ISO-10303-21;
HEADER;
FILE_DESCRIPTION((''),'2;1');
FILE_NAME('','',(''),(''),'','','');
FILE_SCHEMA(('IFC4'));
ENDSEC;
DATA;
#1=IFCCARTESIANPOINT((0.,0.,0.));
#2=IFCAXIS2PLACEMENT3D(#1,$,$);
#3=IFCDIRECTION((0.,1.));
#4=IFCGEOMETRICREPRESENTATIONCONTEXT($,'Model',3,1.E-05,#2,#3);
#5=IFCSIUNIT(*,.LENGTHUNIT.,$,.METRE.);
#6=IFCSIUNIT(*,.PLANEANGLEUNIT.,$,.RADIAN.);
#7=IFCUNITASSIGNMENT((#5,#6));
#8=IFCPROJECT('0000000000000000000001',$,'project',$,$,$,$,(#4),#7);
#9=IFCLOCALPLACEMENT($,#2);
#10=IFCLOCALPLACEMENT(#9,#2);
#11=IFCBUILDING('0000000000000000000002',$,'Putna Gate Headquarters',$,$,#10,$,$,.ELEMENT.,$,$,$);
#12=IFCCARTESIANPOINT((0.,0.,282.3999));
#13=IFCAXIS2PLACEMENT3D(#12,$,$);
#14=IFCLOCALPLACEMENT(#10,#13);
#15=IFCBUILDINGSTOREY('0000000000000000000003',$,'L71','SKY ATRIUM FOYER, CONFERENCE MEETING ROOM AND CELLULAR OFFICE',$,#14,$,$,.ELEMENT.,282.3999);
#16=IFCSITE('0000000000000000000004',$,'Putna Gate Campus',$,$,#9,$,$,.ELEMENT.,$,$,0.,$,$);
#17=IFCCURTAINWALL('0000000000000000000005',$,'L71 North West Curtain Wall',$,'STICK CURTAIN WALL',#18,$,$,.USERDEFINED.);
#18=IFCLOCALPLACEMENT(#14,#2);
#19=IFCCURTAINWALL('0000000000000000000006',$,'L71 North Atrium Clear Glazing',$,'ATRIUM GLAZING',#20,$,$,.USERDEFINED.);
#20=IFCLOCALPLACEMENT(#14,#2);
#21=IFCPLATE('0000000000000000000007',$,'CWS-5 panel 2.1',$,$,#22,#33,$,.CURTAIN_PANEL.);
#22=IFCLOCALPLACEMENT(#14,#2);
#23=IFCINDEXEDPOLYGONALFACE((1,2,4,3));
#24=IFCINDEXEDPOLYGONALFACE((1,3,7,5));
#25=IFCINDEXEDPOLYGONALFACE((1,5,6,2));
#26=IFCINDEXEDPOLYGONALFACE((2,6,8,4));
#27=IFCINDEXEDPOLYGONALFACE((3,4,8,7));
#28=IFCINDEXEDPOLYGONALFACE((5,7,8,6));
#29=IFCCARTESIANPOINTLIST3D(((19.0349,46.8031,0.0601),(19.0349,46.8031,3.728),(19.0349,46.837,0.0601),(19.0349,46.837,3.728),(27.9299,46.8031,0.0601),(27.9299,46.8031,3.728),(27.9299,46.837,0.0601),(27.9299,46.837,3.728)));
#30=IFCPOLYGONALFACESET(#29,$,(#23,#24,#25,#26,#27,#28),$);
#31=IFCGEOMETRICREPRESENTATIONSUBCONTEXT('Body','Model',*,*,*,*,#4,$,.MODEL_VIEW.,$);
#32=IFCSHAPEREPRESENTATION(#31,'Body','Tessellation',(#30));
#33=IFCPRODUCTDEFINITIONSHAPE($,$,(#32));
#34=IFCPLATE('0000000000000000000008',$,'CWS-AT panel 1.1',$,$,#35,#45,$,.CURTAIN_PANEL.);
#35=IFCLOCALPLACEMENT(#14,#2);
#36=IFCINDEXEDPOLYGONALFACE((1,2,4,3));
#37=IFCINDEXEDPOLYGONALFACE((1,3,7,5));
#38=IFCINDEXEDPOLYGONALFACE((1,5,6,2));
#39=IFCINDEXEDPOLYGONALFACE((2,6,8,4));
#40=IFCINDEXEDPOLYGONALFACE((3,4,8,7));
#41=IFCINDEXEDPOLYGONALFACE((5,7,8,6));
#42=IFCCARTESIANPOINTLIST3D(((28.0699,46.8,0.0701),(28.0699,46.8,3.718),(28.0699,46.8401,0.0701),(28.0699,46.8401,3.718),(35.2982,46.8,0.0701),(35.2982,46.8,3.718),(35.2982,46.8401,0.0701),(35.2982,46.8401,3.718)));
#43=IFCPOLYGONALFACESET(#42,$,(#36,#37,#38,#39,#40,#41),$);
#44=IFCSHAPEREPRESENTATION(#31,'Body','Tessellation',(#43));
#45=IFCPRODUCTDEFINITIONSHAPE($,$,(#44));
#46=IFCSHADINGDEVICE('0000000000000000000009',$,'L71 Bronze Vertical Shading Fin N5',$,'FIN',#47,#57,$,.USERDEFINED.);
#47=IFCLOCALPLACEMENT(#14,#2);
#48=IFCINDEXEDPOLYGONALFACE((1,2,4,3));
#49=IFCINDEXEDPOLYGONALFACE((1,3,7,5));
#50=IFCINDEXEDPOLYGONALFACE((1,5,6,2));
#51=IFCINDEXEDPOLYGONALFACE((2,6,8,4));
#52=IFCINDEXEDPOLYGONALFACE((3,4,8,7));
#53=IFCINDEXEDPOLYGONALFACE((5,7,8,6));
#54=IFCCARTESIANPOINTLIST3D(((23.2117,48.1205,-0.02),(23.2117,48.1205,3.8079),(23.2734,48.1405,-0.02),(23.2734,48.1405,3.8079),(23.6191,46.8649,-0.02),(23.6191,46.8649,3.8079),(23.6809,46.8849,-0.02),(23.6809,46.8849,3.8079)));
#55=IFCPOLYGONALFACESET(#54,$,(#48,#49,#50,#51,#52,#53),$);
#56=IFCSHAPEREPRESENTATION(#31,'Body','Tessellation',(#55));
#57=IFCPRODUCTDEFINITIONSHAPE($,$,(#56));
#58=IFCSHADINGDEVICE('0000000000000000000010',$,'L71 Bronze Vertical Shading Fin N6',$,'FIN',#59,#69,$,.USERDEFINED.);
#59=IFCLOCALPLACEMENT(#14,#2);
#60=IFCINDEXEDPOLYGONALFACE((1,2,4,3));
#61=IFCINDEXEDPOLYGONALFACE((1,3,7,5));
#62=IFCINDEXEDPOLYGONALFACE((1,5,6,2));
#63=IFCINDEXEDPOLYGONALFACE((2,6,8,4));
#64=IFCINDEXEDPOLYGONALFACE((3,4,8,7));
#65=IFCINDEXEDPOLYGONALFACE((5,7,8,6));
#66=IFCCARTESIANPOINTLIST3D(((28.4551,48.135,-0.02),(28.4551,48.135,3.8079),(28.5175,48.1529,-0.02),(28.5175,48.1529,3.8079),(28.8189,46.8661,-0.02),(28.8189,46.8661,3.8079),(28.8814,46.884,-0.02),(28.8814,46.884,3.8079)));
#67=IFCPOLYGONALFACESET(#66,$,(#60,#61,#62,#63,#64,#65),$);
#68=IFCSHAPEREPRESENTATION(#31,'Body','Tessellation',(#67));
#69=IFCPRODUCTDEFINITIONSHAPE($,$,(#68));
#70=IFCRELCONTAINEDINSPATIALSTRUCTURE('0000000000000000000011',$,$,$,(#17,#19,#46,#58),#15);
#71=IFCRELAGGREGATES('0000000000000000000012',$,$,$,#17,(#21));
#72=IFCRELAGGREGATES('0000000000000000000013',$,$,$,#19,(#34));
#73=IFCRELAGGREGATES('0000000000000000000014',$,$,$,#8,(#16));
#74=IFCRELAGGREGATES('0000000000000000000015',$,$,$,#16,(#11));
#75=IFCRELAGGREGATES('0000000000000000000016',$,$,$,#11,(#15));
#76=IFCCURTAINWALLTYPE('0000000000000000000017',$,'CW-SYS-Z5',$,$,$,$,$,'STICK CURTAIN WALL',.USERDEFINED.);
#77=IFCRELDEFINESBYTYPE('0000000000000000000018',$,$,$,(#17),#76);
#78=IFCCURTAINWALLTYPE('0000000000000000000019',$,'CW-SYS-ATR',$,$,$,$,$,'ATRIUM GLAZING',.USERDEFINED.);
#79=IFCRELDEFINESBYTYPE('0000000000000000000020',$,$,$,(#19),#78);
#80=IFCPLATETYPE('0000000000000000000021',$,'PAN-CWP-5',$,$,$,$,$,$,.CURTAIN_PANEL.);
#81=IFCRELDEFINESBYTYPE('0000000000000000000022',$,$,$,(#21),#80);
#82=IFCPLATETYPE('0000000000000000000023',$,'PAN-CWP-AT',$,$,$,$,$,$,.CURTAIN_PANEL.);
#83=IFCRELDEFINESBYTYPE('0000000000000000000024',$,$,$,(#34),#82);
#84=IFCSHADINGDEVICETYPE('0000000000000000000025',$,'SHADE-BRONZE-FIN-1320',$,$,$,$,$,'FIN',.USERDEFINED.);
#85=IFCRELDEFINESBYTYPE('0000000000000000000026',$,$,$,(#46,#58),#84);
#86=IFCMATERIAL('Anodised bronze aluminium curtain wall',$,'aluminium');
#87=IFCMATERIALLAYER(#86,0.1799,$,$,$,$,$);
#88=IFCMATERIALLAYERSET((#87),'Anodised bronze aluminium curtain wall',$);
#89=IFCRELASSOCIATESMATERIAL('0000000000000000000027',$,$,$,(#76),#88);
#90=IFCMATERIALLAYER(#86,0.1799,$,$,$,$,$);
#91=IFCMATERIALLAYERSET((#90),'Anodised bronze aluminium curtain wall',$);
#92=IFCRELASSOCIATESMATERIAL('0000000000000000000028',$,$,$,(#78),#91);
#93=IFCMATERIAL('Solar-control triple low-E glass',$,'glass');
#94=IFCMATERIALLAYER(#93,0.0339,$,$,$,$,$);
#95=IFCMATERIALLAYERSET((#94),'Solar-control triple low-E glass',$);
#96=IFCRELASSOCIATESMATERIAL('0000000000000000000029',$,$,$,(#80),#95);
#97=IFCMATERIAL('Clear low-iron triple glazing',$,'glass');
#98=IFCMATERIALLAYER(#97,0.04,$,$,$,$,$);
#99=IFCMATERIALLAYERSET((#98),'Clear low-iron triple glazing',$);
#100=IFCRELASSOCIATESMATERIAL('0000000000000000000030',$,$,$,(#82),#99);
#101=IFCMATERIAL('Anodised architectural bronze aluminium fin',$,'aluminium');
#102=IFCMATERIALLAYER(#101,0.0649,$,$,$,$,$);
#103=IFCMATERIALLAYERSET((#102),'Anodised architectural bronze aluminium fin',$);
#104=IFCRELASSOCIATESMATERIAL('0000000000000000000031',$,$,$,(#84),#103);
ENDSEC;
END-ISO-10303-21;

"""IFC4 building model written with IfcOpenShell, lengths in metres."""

from ifc_helpers import new_model, si_unit, direction, frame, origin, origin_2d, place, context, subcontext, project, spatial, rectangle, extrude, material, layer, layer_set, type_object, element, aggregate, save


model = new_model("IFC4")

# Units and contexts
model_context = context("Model", 3, precision=1e-05, world=origin(), true_north=direction((0.0, 1.0)))
body_context = subcontext(model_context, "Body", "Model", "MODEL_VIEW")
ifc_project = project(units=[si_unit("LENGTHUNIT", "METRE"), si_unit("PLANEANGLEUNIT", "RADIAN")], contexts=[model_context])

# Site, building, storey
site_placement = place(None, origin())
site = spatial("IfcSite", under=ifc_project, at=site_placement, Name="Putna Gate Campus", CompositionType="ELEMENT", RefElevation=0.0)
building_placement = place(site_placement, origin())
building = spatial("IfcBuilding", under=site, at=building_placement, Name="Putna Gate Headquarters", CompositionType="ELEMENT")
storey_placement = place(building_placement, frame((0.0, 0.0, 282.3999)))
storey = spatial("IfcBuildingStorey", under=building, at=storey_placement, Name="L71", Description="SKY ATRIUM FOYER, CONFERENCE MEETING ROOM AND CELLULAR OFFICE", CompositionType="ELEMENT", Elevation=282.3999)

# Curtain wall
ifc_material_1 = material(Name="Anodised bronze aluminium curtain wall", Category="aluminium")
ifc_layer_1 = layer(ifc_material_1, 0.1799)
ifc_layer_set_1 = layer_set([ifc_layer_1], Name="Anodised bronze aluminium curtain wall")
curtain_wall_type_1 = type_object("IfcCurtainWallType", Name="CW-SYS-Z5", ElementType="STICK CURTAIN WALL", PredefinedType="USERDEFINED", material=ifc_layer_set_1)
curtain_wall_1_placement = place(storey_placement, origin())
curtain_wall_1 = element("IfcCurtainWall", 1, at=curtain_wall_1_placement, inside=storey, type_object=curtain_wall_type_1, Name="L71 North West Curtain Wall", ObjectType="STICK CURTAIN WALL", PredefinedType="USERDEFINED")

# Curtain wall
ifc_layer_2 = layer(ifc_material_1, 0.1799)
ifc_layer_set_2 = layer_set([ifc_layer_2], Name="Anodised bronze aluminium curtain wall")
curtain_wall_type_2 = type_object("IfcCurtainWallType", Name="CW-SYS-ATR", ElementType="ATRIUM GLAZING", PredefinedType="USERDEFINED", material=ifc_layer_set_2)
curtain_wall_2_placement = place(storey_placement, origin())
curtain_wall_2 = element("IfcCurtainWall", 2, at=curtain_wall_2_placement, inside=storey, type_object=curtain_wall_type_2, Name="L71 North Atrium Clear Glazing", ObjectType="ATRIUM GLAZING", PredefinedType="USERDEFINED")

# Plates
ifc_material_2 = material(Name="Solar-control triple low-E glass", Category="glass")
ifc_layer_3 = layer(ifc_material_2, 0.0339)
ifc_layer_set_3 = layer_set([ifc_layer_3], Name="Solar-control triple low-E glass")
plate_type_1 = type_object("IfcPlateType", Name="PAN-CWP-5", PredefinedType="CURTAIN_PANEL", material=ifc_layer_set_3)
plate_1_placement = place(storey_placement, frame((23.4824, 46.8201, 0.0601), z_axis=(0.0, 0.0, 1.0), x_axis=(1.0, 0.0, 0.0)))
plate_1 = element("IfcPlate", 3, at=plate_1_placement, type_object=plate_type_1, Name="CWS-5 panel 2.1", PredefinedType="CURTAIN_PANEL", context=body_context, shape_type="SweptSolid", body=[
    extrude(rectangle(XDim=8.895, YDim=0.0339, at=origin_2d()), origin(), (0.0, 0.0, 1.0), 3.668),
])
aggregate(curtain_wall_1, [plate_1])
ifc_material_3 = material(Name="Clear low-iron triple glazing", Category="glass")
ifc_layer_4 = layer(ifc_material_3, 0.04)
ifc_layer_set_4 = layer_set([ifc_layer_4], Name="Clear low-iron triple glazing")
plate_type_2 = type_object("IfcPlateType", Name="PAN-CWP-AT", PredefinedType="CURTAIN_PANEL", material=ifc_layer_set_4)
plate_2_placement = place(storey_placement, frame((31.6841, 46.8201, 0.0701), z_axis=(0.0, 0.0, 1.0), x_axis=(1.0, 0.0, 0.0)))
plate_2 = element("IfcPlate", 4, at=plate_2_placement, type_object=plate_type_2, Name="CWS-AT panel 1.1", PredefinedType="CURTAIN_PANEL", context=body_context, shape_type="SweptSolid", body=[
    extrude(rectangle(XDim=7.2283, YDim=0.04, at=origin_2d()), origin(), (0.0, 0.0, 1.0), 3.6479),
])
aggregate(curtain_wall_2, [plate_2])

# Shading devices
ifc_material_4 = material(Name="Anodised architectural bronze aluminium fin", Category="aluminium")
ifc_layer_5 = layer(ifc_material_4, 0.0649)
ifc_layer_set_5 = layer_set([ifc_layer_5], Name="Anodised architectural bronze aluminium fin")
shading_device_type = type_object("IfcShadingDeviceType", Name="SHADE-BRONZE-FIN-1320", ElementType="FIN", PredefinedType="USERDEFINED", material=ifc_layer_set_5)
for number, where, z_axis, x_axis, name in (
    (5, (23.4463, 47.5027, -0.02), (0.0, 0.0, 1.0), (-0.308685, 0.951164, 0.0), "L71 Bronze Vertical Shading Fin N5"),
    (6, (28.6682, 47.5095, -0.02), (0.0, 0.0, 1.0), (-0.275637, 0.961262, 0.0), "L71 Bronze Vertical Shading Fin N6"),
):
    element("IfcShadingDevice", number, at=place(storey_placement, frame(where, z_axis=z_axis, x_axis=x_axis)), inside=storey, type_object=shading_device_type, Name=name, ObjectType="FIN", PredefinedType="USERDEFINED", context=body_context, shape_type="SweptSolid", body=[
        extrude(rectangle(XDim=1.3201, YDim=0.0649, at=origin_2d()), origin(), (0.0, 0.0, 1.0), 3.8279),
    ])

save(model, "model.ifc")
